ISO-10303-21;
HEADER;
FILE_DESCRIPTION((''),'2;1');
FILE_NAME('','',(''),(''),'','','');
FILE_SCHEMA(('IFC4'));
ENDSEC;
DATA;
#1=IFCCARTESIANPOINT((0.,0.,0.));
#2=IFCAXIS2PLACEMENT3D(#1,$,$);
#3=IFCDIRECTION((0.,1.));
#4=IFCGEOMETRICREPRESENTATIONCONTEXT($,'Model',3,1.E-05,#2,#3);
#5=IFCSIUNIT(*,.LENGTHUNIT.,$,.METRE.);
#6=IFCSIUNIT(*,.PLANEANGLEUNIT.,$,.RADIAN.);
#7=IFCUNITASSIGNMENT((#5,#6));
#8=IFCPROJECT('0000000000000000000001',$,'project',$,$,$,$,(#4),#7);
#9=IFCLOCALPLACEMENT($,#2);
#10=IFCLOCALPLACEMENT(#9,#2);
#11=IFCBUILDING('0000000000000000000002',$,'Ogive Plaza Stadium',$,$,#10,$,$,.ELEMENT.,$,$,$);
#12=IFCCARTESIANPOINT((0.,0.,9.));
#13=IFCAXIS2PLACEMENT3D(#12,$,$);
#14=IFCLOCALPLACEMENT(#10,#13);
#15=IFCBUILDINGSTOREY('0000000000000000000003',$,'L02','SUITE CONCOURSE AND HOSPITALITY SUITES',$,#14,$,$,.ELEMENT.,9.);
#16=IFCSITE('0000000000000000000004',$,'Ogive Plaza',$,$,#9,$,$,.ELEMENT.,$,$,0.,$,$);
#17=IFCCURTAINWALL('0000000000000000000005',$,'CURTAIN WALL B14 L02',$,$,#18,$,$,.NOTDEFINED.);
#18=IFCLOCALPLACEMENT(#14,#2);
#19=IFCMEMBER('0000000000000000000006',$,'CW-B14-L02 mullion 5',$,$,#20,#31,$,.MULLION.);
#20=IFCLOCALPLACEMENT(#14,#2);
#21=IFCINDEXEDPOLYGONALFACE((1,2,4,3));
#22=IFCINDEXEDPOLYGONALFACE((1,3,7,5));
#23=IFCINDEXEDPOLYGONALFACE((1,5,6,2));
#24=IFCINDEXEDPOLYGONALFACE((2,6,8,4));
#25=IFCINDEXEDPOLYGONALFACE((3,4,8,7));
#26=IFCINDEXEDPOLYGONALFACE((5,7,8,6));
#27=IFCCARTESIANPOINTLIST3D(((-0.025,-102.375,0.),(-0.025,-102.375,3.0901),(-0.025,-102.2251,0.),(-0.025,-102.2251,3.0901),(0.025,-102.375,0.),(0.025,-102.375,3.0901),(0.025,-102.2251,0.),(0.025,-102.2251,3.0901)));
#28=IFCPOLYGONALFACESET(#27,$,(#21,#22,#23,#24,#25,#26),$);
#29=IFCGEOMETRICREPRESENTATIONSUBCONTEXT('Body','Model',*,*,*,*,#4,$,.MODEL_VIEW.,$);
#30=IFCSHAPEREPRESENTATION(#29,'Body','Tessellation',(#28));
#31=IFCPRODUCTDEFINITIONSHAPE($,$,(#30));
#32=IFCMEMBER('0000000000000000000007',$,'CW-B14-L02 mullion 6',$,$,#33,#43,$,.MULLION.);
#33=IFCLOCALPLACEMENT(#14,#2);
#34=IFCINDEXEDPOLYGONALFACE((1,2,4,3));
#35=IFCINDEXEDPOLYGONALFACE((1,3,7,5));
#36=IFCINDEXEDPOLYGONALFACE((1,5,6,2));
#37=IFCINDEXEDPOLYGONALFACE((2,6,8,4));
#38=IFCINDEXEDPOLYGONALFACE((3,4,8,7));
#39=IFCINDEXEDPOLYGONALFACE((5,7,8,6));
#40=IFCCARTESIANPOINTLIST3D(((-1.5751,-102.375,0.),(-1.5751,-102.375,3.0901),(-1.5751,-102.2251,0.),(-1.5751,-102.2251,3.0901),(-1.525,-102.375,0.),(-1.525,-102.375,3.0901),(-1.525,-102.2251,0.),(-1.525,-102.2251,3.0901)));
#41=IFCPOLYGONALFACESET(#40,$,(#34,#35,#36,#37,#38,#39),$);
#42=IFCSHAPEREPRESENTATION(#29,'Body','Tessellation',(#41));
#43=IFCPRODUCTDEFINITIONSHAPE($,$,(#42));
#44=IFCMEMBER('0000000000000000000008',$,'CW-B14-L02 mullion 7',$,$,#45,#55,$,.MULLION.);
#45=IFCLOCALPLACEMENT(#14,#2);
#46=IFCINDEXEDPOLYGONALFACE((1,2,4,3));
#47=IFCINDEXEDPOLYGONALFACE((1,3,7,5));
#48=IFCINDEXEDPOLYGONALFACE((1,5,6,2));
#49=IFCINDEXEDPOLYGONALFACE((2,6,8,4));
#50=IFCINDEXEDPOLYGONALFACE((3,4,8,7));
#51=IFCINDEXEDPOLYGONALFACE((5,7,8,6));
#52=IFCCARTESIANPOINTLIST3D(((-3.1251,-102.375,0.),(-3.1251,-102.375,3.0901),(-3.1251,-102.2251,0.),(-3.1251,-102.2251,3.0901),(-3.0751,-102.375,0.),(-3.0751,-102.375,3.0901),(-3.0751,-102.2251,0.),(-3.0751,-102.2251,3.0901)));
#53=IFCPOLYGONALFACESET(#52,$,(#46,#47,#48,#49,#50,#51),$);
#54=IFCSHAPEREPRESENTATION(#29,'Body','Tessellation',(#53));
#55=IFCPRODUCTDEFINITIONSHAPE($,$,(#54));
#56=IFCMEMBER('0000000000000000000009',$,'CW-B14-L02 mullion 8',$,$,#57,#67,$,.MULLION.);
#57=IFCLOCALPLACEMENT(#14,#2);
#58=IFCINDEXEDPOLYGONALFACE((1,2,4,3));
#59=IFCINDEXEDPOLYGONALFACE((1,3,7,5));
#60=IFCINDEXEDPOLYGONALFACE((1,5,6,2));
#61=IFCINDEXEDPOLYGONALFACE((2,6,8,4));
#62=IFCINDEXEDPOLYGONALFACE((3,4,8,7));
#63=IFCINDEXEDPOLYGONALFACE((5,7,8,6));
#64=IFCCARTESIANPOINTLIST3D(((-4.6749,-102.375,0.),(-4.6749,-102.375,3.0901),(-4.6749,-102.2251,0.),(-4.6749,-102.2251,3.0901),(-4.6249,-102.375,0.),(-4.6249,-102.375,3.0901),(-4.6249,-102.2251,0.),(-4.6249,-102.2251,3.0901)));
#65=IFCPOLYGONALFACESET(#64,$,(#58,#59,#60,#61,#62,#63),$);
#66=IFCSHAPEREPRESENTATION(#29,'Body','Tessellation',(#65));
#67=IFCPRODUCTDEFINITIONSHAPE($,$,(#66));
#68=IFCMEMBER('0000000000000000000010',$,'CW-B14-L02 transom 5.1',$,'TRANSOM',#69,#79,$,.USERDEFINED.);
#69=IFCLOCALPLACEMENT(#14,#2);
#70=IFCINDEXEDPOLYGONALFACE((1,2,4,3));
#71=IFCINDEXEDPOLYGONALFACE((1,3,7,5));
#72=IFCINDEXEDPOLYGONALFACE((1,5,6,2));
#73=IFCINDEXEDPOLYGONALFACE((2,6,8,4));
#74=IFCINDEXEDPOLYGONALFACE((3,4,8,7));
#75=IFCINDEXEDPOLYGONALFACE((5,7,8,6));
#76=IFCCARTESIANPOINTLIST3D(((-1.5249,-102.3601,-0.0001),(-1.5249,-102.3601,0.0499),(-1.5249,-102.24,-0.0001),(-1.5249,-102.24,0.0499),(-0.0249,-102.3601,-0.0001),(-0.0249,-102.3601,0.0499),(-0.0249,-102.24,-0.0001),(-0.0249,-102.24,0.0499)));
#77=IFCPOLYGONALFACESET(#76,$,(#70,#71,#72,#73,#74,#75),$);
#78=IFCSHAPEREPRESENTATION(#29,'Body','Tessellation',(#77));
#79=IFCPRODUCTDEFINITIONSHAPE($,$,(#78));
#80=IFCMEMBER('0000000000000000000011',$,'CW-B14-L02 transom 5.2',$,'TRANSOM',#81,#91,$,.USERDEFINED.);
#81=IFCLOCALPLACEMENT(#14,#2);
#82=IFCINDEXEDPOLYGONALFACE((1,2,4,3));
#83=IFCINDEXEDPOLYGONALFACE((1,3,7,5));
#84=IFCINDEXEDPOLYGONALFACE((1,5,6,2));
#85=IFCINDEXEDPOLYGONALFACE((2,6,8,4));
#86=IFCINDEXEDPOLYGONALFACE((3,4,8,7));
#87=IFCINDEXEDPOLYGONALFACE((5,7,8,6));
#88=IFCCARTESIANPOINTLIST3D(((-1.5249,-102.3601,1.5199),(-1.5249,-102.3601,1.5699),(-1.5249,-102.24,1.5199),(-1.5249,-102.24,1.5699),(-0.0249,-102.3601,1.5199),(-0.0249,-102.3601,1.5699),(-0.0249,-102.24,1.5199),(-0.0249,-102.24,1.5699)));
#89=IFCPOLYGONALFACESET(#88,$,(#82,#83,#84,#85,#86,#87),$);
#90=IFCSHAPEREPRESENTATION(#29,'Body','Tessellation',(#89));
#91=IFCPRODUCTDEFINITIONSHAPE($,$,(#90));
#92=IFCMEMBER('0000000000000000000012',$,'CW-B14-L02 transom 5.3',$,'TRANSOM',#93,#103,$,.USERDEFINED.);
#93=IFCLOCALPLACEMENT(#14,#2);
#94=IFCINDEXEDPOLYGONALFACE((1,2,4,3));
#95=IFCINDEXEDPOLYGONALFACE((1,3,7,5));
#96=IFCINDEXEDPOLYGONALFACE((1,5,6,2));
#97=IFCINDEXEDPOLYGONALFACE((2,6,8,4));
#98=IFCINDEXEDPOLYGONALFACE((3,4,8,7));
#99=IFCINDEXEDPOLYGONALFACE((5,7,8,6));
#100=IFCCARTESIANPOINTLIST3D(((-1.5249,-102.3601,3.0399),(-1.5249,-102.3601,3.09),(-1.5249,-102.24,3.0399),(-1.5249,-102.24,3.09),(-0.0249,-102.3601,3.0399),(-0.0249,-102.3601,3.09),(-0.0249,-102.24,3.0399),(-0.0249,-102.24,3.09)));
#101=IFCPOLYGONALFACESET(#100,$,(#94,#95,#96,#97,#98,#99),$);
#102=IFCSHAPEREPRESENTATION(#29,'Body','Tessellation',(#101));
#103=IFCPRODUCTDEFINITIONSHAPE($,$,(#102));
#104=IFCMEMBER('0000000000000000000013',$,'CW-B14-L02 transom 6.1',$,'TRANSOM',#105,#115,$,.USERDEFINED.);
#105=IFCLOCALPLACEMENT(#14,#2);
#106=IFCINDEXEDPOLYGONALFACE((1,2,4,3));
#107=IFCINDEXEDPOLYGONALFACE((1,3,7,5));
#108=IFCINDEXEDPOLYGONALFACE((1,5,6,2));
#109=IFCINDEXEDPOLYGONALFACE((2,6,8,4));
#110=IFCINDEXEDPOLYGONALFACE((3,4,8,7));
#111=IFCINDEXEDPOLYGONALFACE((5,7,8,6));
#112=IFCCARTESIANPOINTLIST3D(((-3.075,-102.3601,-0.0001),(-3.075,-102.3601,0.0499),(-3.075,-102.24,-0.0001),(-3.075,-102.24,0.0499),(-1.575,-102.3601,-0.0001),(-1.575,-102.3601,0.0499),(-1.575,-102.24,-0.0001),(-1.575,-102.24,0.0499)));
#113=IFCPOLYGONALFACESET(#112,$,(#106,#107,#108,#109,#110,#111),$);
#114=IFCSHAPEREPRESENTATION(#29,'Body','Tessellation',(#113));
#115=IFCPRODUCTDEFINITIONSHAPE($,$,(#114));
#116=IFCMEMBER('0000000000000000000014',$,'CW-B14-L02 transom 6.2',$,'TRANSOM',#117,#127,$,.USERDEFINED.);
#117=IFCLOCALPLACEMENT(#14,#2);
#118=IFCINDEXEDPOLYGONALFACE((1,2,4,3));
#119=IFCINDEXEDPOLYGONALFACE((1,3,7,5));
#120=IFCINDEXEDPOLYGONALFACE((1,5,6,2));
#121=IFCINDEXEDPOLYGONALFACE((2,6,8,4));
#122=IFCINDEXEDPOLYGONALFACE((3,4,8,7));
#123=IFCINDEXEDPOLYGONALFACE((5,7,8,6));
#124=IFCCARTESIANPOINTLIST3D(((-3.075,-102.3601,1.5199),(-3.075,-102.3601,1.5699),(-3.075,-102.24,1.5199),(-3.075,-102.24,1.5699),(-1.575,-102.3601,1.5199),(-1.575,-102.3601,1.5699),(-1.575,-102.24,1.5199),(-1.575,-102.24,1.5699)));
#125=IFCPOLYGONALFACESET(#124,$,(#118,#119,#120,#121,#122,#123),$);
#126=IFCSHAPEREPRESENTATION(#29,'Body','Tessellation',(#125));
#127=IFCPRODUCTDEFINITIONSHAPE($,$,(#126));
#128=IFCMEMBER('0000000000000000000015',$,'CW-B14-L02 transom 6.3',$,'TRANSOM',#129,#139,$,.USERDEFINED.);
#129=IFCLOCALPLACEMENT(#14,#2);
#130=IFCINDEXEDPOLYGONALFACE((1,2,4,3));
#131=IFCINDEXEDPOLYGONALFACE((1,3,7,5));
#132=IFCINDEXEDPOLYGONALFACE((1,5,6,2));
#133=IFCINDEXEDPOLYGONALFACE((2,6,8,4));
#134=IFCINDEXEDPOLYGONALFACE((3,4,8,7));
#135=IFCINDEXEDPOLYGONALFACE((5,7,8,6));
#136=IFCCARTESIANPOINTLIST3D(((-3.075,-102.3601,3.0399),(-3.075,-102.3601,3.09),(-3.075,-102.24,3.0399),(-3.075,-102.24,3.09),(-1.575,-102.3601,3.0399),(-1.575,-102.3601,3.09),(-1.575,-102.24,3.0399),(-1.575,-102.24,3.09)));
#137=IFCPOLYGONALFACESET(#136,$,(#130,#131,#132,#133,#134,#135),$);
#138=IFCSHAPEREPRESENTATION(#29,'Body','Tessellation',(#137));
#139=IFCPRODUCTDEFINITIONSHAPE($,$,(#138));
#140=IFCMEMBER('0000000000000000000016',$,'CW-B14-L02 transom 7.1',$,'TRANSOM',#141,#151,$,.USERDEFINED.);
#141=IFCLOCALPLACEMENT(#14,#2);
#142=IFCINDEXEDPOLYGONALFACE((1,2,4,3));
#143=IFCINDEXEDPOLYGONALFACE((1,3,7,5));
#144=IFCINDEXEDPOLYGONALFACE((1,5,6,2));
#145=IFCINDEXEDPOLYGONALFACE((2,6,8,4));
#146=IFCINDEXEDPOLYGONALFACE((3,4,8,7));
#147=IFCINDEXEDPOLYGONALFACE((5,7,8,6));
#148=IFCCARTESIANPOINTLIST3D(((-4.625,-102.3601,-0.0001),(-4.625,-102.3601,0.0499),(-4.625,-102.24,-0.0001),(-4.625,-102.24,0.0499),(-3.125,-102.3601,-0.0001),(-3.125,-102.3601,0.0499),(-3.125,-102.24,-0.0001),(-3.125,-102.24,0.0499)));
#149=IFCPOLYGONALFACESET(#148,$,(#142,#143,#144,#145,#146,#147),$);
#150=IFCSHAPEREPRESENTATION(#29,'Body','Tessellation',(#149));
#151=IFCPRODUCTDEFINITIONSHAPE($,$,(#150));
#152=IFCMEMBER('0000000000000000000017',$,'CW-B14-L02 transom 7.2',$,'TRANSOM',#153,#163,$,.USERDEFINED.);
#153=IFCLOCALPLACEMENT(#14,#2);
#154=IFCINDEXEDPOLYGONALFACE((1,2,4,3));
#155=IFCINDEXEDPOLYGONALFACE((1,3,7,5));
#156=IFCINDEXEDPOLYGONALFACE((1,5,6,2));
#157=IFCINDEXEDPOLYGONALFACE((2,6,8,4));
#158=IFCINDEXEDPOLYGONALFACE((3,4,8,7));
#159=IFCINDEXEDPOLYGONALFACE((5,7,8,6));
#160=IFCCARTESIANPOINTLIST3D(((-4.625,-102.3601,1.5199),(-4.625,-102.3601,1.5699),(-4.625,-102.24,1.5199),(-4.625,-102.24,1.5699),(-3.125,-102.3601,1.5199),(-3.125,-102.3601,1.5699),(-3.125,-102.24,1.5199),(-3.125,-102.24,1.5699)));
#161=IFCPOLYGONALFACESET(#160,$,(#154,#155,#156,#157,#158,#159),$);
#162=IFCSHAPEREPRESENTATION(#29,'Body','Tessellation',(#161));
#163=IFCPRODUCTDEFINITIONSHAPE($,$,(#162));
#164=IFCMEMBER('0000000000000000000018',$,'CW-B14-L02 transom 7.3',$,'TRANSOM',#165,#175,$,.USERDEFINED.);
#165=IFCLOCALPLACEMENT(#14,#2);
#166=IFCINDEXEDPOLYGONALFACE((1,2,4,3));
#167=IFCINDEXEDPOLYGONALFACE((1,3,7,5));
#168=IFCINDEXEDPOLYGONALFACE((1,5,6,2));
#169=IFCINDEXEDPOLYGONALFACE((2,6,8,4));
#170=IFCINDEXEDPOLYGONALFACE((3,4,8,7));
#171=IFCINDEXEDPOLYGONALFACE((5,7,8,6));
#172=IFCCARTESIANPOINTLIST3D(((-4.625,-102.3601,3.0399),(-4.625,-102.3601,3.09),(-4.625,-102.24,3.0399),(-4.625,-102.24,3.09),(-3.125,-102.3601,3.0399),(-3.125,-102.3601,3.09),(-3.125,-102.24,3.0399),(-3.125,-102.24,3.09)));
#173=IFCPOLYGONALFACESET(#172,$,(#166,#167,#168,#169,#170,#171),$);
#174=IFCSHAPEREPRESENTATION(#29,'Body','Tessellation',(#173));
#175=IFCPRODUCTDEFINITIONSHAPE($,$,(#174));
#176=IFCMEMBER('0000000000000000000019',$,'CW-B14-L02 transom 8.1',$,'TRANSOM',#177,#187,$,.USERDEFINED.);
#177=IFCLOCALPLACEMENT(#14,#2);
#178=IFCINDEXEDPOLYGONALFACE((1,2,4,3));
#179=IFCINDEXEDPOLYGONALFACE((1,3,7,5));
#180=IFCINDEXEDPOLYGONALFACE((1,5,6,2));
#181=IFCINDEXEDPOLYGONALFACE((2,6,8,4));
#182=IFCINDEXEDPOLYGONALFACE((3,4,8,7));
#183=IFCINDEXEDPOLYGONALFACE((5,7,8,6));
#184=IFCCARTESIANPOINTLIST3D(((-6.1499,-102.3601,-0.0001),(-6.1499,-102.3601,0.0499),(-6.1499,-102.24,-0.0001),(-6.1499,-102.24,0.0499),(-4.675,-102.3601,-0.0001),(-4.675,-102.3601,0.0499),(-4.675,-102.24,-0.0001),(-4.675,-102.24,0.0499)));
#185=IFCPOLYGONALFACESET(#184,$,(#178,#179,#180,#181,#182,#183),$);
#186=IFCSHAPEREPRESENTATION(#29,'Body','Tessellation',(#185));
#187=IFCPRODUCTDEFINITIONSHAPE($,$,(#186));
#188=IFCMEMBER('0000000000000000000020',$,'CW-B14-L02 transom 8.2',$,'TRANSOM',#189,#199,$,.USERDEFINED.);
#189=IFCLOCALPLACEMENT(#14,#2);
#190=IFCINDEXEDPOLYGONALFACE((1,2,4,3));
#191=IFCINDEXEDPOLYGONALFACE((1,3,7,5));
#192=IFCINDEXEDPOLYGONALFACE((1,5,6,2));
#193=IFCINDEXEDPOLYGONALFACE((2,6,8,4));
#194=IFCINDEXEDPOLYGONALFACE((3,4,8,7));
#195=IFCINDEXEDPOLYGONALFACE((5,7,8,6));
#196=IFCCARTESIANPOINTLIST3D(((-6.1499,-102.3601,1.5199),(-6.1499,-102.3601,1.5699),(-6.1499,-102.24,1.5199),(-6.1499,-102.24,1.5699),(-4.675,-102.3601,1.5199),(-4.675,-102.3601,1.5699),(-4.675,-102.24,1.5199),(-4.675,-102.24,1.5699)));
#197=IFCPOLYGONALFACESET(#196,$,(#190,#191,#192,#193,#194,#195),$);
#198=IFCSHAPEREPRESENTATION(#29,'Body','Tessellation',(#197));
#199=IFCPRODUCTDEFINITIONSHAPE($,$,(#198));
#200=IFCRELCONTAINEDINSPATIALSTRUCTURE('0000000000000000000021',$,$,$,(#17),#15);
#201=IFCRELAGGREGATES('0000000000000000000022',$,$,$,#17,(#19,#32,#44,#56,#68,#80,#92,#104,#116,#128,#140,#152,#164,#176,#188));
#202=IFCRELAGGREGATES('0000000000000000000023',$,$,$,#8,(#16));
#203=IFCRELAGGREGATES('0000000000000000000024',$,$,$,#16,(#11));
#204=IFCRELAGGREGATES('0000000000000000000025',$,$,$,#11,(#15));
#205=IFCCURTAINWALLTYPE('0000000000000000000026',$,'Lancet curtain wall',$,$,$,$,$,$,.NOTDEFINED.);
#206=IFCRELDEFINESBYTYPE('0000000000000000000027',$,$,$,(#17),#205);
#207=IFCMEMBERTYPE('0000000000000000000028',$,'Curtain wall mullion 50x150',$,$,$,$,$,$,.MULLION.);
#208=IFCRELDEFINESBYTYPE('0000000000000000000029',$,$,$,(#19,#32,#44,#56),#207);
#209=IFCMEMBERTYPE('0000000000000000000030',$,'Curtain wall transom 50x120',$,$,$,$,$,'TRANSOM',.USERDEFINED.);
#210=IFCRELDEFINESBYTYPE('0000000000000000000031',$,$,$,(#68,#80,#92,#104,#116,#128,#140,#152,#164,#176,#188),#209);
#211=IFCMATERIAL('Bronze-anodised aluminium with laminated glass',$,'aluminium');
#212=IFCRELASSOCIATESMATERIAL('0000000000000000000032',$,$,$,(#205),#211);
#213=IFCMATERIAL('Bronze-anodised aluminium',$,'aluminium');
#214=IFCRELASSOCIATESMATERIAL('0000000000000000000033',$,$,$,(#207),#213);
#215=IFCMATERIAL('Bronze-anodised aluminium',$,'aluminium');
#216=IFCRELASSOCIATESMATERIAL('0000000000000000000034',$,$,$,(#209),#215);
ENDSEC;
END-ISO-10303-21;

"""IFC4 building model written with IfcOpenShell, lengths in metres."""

from ifc_helpers import new_model, si_unit, direction, frame, origin, origin_2d, place, context, subcontext, project, spatial, rectangle, extrude, material, material_profile, profile_set, type_object, element, aggregate, save


model = new_model("IFC4")

# Units and contexts
model_context = context("Model", 3, precision=1e-05, world=origin(), true_north=direction((0.0, 1.0)))
body_context = subcontext(model_context, "Body", "Model", "MODEL_VIEW")
ifc_project = project(units=[si_unit("LENGTHUNIT", "METRE"), si_unit("PLANEANGLEUNIT", "RADIAN")], contexts=[model_context])

# Site, building, storey
site_placement = place(None, origin())
site = spatial("IfcSite", under=ifc_project, at=site_placement, Name="Ogive Plaza", CompositionType="ELEMENT", RefElevation=0.0)
building_placement = place(site_placement, origin())
building = spatial("IfcBuilding", under=site, at=building_placement, Name="Ogive Plaza Stadium", CompositionType="ELEMENT")
storey_placement = place(building_placement, frame((0.0, 0.0, 9.0)))
storey = spatial("IfcBuildingStorey", under=building, at=storey_placement, Name="L02", Description="SUITE CONCOURSE AND HOSPITALITY SUITES", CompositionType="ELEMENT", Elevation=9.0)

# Curtain wall, members
ifc_material_1 = material(Name="Bronze-anodised aluminium with laminated glass", Category="aluminium")
curtain_wall_type = type_object("IfcCurtainWallType", Name="Lancet curtain wall", PredefinedType="NOTDEFINED", material=ifc_material_1)
curtain_wall_placement = place(storey_placement, origin())
curtain_wall = element("IfcCurtainWall", 1, at=curtain_wall_placement, inside=storey, type_object=curtain_wall_type, Name="CURTAIN WALL B14 L02", PredefinedType="NOTDEFINED")
ifc_material_2 = material(Name="Bronze-anodised aluminium", Category="aluminium")
ifc_material_profile_1 = material_profile(ifc_material_2, rectangle(XDim=0.1499, YDim=0.05, at=origin_2d()), Name="AL 150x50")
ifc_profile_set_1 = profile_set([ifc_material_profile_1], Name="Bronze-anodised aluminium")
member_type_1 = type_object("IfcMemberType", Name="Curtain wall mullion 50x150", PredefinedType="MULLION", material=ifc_profile_set_1)
member_1_placement = place(storey_placement, frame((0.0, -102.3, 0.0), z_axis=(0.0, 0.0, 1.0), x_axis=(0.0, -1.0, 0.0)))
member_1 = element("IfcMember", 2, at=member_1_placement, type_object=member_type_1, Name="CW-B14-L02 mullion 5", PredefinedType="MULLION", context=body_context, shape_type="SweptSolid", body=[
    extrude(rectangle(XDim=0.1499, YDim=0.05, at=origin_2d()), origin(), (0.0, 0.0, 1.0), 3.0901),
])
member_2_placement = place(storey_placement, frame((-1.55, -102.3, 0.0), z_axis=(0.0, 0.0, 1.0), x_axis=(0.0, -1.0, 0.0)))
member_2 = element("IfcMember", 3, at=member_2_placement, type_object=member_type_1, Name="CW-B14-L02 mullion 6", PredefinedType="MULLION", context=body_context, shape_type="SweptSolid", body=[
    extrude(rectangle(XDim=0.1499, YDim=0.05, at=origin_2d()), origin(), (0.0, 0.0, 1.0), 3.0901),
])
member_3_placement = place(storey_placement, frame((-3.1001, -102.3, 0.0), z_axis=(0.0, 0.0, 1.0), x_axis=(0.0, -1.0, 0.0)))
member_3 = element("IfcMember", 4, at=member_3_placement, type_object=member_type_1, Name="CW-B14-L02 mullion 7", PredefinedType="MULLION", context=body_context, shape_type="SweptSolid", body=[
    extrude(rectangle(XDim=0.1499, YDim=0.05, at=origin_2d()), origin(), (0.0, 0.0, 1.0), 3.0901),
])
member_4_placement = place(storey_placement, frame((-4.6499, -102.3, 0.0), z_axis=(0.0, 0.0, 1.0), x_axis=(0.0, -1.0, 0.0)))
member_4 = element("IfcMember", 5, at=member_4_placement, type_object=member_type_1, Name="CW-B14-L02 mullion 8", PredefinedType="MULLION", context=body_context, shape_type="SweptSolid", body=[
    extrude(rectangle(XDim=0.1499, YDim=0.05, at=origin_2d()), origin(), (0.0, 0.0, 1.0), 3.0901),
])
ifc_material_3 = material(Name="Bronze-anodised aluminium", Category="aluminium")
ifc_material_profile_2 = material_profile(ifc_material_3, rectangle(XDim=0.1201, YDim=0.05, at=origin_2d()), Name="AL 120x50")
ifc_profile_set_2 = profile_set([ifc_material_profile_2], Name="Bronze-anodised aluminium")
member_type_2 = type_object("IfcMemberType", Name="Curtain wall transom 50x120", ElementType="TRANSOM", PredefinedType="USERDEFINED", material=ifc_profile_set_2)
member_5_placement = place(storey_placement, frame((-0.0249, -102.3, 0.0249), z_axis=(-1.0, 0.0, 0.0), x_axis=(0.0, -1.0, 0.0)))
member_5 = element("IfcMember", 6, at=member_5_placement, type_object=member_type_2, Name="CW-B14-L02 transom 5.1", ObjectType="TRANSOM", PredefinedType="USERDEFINED", context=body_context, shape_type="SweptSolid", body=[
    extrude(rectangle(XDim=0.1201, YDim=0.05, at=origin_2d()), origin(), (0.0, 0.0, 1.0), 1.5),
])
member_6_placement = place(storey_placement, frame((-0.0249, -102.3, 1.5449), z_axis=(-1.0, 0.0, 0.0), x_axis=(0.0, -1.0, 0.0)))
member_6 = element("IfcMember", 7, at=member_6_placement, type_object=member_type_2, Name="CW-B14-L02 transom 5.2", ObjectType="TRANSOM", PredefinedType="USERDEFINED", context=body_context, shape_type="SweptSolid", body=[
    extrude(rectangle(XDim=0.1201, YDim=0.05, at=origin_2d()), origin(), (0.0, 0.0, 1.0), 1.5),
])
member_7_placement = place(storey_placement, frame((-0.0249, -102.3, 3.0649), z_axis=(-1.0, 0.0, 0.0), x_axis=(0.0, -1.0, 0.0)))
member_7 = element("IfcMember", 8, at=member_7_placement, type_object=member_type_2, Name="CW-B14-L02 transom 5.3", ObjectType="TRANSOM", PredefinedType="USERDEFINED", context=body_context, shape_type="SweptSolid", body=[
    extrude(rectangle(XDim=0.1201, YDim=0.05, at=origin_2d()), origin(), (0.0, 0.0, 1.0), 1.5),
])
member_8_placement = place(storey_placement, frame((-1.575, -102.3, 0.0249), z_axis=(-1.0, 0.0, 0.0), x_axis=(0.0, -1.0, 0.0)))
member_8 = element("IfcMember", 9, at=member_8_placement, type_object=member_type_2, Name="CW-B14-L02 transom 6.1", ObjectType="TRANSOM", PredefinedType="USERDEFINED", context=body_context, shape_type="SweptSolid", body=[
    extrude(rectangle(XDim=0.1201, YDim=0.05, at=origin_2d()), origin(), (0.0, 0.0, 1.0), 1.5),
])
member_9_placement = place(storey_placement, frame((-1.575, -102.3, 1.5449), z_axis=(-1.0, 0.0, 0.0), x_axis=(0.0, -1.0, 0.0)))
member_9 = element("IfcMember", 10, at=member_9_placement, type_object=member_type_2, Name="CW-B14-L02 transom 6.2", ObjectType="TRANSOM", PredefinedType="USERDEFINED", context=body_context, shape_type="SweptSolid", body=[
    extrude(rectangle(XDim=0.1201, YDim=0.05, at=origin_2d()), origin(), (0.0, 0.0, 1.0), 1.5),
])
member_10_placement = place(storey_placement, frame((-1.575, -102.3, 3.0649), z_axis=(-1.0, 0.0, 0.0), x_axis=(0.0, -1.0, 0.0)))
member_10 = element("IfcMember", 11, at=member_10_placement, type_object=member_type_2, Name="CW-B14-L02 transom 6.3", ObjectType="TRANSOM", PredefinedType="USERDEFINED", context=body_context, shape_type="SweptSolid", body=[
    extrude(rectangle(XDim=0.1201, YDim=0.05, at=origin_2d()), origin(), (0.0, 0.0, 1.0), 1.5),
])
member_11_placement = place(storey_placement, frame((-3.125, -102.3, 0.0249), z_axis=(-1.0, 0.0, 0.0), x_axis=(0.0, -1.0, 0.0)))
member_11 = element("IfcMember", 12, at=member_11_placement, type_object=member_type_2, Name="CW-B14-L02 transom 7.1", ObjectType="TRANSOM", PredefinedType="USERDEFINED", context=body_context, shape_type="SweptSolid", body=[
    extrude(rectangle(XDim=0.1201, YDim=0.05, at=origin_2d()), origin(), (0.0, 0.0, 1.0), 1.5),
])
member_12_placement = place(storey_placement, frame((-3.125, -102.3, 1.5449), z_axis=(-1.0, 0.0, 0.0), x_axis=(0.0, -1.0, 0.0)))
member_12 = element("IfcMember", 13, at=member_12_placement, type_object=member_type_2, Name="CW-B14-L02 transom 7.2", ObjectType="TRANSOM", PredefinedType="USERDEFINED", context=body_context, shape_type="SweptSolid", body=[
    extrude(rectangle(XDim=0.1201, YDim=0.05, at=origin_2d()), origin(), (0.0, 0.0, 1.0), 1.5),
])
member_13_placement = place(storey_placement, frame((-3.125, -102.3, 3.0649), z_axis=(-1.0, 0.0, 0.0), x_axis=(0.0, -1.0, 0.0)))
member_13 = element("IfcMember", 14, at=member_13_placement, type_object=member_type_2, Name="CW-B14-L02 transom 7.3", ObjectType="TRANSOM", PredefinedType="USERDEFINED", context=body_context, shape_type="SweptSolid", body=[
    extrude(rectangle(XDim=0.1201, YDim=0.05, at=origin_2d()), origin(), (0.0, 0.0, 1.0), 1.5),
])
member_14_placement = place(storey_placement, frame((-4.675, -102.3, 0.0249), z_axis=(-1.0, 0.0, 0.0), x_axis=(0.0, -1.0, 0.0)))
member_14 = element("IfcMember", 15, at=member_14_placement, type_object=member_type_2, Name="CW-B14-L02 transom 8.1", ObjectType="TRANSOM", PredefinedType="USERDEFINED", context=body_context, shape_type="SweptSolid", body=[
    extrude(rectangle(XDim=0.1201, YDim=0.05, at=origin_2d()), origin(), (0.0, 0.0, 1.0), 1.4749),
])
member_15_placement = place(storey_placement, frame((-4.675, -102.3, 1.5449), z_axis=(-1.0, 0.0, 0.0), x_axis=(0.0, -1.0, 0.0)))
member_15 = element("IfcMember", 16, at=member_15_placement, type_object=member_type_2, Name="CW-B14-L02 transom 8.2", ObjectType="TRANSOM", PredefinedType="USERDEFINED", context=body_context, shape_type="SweptSolid", body=[
    extrude(rectangle(XDim=0.1201, YDim=0.05, at=origin_2d()), origin(), (0.0, 0.0, 1.0), 1.4749),
])
aggregate(curtain_wall, [member_1, member_2, member_3, member_4, member_5, member_6, member_7, member_8, member_9, member_10, member_11, member_12, member_13, member_14, member_15])

save(model, "model.ifc")
